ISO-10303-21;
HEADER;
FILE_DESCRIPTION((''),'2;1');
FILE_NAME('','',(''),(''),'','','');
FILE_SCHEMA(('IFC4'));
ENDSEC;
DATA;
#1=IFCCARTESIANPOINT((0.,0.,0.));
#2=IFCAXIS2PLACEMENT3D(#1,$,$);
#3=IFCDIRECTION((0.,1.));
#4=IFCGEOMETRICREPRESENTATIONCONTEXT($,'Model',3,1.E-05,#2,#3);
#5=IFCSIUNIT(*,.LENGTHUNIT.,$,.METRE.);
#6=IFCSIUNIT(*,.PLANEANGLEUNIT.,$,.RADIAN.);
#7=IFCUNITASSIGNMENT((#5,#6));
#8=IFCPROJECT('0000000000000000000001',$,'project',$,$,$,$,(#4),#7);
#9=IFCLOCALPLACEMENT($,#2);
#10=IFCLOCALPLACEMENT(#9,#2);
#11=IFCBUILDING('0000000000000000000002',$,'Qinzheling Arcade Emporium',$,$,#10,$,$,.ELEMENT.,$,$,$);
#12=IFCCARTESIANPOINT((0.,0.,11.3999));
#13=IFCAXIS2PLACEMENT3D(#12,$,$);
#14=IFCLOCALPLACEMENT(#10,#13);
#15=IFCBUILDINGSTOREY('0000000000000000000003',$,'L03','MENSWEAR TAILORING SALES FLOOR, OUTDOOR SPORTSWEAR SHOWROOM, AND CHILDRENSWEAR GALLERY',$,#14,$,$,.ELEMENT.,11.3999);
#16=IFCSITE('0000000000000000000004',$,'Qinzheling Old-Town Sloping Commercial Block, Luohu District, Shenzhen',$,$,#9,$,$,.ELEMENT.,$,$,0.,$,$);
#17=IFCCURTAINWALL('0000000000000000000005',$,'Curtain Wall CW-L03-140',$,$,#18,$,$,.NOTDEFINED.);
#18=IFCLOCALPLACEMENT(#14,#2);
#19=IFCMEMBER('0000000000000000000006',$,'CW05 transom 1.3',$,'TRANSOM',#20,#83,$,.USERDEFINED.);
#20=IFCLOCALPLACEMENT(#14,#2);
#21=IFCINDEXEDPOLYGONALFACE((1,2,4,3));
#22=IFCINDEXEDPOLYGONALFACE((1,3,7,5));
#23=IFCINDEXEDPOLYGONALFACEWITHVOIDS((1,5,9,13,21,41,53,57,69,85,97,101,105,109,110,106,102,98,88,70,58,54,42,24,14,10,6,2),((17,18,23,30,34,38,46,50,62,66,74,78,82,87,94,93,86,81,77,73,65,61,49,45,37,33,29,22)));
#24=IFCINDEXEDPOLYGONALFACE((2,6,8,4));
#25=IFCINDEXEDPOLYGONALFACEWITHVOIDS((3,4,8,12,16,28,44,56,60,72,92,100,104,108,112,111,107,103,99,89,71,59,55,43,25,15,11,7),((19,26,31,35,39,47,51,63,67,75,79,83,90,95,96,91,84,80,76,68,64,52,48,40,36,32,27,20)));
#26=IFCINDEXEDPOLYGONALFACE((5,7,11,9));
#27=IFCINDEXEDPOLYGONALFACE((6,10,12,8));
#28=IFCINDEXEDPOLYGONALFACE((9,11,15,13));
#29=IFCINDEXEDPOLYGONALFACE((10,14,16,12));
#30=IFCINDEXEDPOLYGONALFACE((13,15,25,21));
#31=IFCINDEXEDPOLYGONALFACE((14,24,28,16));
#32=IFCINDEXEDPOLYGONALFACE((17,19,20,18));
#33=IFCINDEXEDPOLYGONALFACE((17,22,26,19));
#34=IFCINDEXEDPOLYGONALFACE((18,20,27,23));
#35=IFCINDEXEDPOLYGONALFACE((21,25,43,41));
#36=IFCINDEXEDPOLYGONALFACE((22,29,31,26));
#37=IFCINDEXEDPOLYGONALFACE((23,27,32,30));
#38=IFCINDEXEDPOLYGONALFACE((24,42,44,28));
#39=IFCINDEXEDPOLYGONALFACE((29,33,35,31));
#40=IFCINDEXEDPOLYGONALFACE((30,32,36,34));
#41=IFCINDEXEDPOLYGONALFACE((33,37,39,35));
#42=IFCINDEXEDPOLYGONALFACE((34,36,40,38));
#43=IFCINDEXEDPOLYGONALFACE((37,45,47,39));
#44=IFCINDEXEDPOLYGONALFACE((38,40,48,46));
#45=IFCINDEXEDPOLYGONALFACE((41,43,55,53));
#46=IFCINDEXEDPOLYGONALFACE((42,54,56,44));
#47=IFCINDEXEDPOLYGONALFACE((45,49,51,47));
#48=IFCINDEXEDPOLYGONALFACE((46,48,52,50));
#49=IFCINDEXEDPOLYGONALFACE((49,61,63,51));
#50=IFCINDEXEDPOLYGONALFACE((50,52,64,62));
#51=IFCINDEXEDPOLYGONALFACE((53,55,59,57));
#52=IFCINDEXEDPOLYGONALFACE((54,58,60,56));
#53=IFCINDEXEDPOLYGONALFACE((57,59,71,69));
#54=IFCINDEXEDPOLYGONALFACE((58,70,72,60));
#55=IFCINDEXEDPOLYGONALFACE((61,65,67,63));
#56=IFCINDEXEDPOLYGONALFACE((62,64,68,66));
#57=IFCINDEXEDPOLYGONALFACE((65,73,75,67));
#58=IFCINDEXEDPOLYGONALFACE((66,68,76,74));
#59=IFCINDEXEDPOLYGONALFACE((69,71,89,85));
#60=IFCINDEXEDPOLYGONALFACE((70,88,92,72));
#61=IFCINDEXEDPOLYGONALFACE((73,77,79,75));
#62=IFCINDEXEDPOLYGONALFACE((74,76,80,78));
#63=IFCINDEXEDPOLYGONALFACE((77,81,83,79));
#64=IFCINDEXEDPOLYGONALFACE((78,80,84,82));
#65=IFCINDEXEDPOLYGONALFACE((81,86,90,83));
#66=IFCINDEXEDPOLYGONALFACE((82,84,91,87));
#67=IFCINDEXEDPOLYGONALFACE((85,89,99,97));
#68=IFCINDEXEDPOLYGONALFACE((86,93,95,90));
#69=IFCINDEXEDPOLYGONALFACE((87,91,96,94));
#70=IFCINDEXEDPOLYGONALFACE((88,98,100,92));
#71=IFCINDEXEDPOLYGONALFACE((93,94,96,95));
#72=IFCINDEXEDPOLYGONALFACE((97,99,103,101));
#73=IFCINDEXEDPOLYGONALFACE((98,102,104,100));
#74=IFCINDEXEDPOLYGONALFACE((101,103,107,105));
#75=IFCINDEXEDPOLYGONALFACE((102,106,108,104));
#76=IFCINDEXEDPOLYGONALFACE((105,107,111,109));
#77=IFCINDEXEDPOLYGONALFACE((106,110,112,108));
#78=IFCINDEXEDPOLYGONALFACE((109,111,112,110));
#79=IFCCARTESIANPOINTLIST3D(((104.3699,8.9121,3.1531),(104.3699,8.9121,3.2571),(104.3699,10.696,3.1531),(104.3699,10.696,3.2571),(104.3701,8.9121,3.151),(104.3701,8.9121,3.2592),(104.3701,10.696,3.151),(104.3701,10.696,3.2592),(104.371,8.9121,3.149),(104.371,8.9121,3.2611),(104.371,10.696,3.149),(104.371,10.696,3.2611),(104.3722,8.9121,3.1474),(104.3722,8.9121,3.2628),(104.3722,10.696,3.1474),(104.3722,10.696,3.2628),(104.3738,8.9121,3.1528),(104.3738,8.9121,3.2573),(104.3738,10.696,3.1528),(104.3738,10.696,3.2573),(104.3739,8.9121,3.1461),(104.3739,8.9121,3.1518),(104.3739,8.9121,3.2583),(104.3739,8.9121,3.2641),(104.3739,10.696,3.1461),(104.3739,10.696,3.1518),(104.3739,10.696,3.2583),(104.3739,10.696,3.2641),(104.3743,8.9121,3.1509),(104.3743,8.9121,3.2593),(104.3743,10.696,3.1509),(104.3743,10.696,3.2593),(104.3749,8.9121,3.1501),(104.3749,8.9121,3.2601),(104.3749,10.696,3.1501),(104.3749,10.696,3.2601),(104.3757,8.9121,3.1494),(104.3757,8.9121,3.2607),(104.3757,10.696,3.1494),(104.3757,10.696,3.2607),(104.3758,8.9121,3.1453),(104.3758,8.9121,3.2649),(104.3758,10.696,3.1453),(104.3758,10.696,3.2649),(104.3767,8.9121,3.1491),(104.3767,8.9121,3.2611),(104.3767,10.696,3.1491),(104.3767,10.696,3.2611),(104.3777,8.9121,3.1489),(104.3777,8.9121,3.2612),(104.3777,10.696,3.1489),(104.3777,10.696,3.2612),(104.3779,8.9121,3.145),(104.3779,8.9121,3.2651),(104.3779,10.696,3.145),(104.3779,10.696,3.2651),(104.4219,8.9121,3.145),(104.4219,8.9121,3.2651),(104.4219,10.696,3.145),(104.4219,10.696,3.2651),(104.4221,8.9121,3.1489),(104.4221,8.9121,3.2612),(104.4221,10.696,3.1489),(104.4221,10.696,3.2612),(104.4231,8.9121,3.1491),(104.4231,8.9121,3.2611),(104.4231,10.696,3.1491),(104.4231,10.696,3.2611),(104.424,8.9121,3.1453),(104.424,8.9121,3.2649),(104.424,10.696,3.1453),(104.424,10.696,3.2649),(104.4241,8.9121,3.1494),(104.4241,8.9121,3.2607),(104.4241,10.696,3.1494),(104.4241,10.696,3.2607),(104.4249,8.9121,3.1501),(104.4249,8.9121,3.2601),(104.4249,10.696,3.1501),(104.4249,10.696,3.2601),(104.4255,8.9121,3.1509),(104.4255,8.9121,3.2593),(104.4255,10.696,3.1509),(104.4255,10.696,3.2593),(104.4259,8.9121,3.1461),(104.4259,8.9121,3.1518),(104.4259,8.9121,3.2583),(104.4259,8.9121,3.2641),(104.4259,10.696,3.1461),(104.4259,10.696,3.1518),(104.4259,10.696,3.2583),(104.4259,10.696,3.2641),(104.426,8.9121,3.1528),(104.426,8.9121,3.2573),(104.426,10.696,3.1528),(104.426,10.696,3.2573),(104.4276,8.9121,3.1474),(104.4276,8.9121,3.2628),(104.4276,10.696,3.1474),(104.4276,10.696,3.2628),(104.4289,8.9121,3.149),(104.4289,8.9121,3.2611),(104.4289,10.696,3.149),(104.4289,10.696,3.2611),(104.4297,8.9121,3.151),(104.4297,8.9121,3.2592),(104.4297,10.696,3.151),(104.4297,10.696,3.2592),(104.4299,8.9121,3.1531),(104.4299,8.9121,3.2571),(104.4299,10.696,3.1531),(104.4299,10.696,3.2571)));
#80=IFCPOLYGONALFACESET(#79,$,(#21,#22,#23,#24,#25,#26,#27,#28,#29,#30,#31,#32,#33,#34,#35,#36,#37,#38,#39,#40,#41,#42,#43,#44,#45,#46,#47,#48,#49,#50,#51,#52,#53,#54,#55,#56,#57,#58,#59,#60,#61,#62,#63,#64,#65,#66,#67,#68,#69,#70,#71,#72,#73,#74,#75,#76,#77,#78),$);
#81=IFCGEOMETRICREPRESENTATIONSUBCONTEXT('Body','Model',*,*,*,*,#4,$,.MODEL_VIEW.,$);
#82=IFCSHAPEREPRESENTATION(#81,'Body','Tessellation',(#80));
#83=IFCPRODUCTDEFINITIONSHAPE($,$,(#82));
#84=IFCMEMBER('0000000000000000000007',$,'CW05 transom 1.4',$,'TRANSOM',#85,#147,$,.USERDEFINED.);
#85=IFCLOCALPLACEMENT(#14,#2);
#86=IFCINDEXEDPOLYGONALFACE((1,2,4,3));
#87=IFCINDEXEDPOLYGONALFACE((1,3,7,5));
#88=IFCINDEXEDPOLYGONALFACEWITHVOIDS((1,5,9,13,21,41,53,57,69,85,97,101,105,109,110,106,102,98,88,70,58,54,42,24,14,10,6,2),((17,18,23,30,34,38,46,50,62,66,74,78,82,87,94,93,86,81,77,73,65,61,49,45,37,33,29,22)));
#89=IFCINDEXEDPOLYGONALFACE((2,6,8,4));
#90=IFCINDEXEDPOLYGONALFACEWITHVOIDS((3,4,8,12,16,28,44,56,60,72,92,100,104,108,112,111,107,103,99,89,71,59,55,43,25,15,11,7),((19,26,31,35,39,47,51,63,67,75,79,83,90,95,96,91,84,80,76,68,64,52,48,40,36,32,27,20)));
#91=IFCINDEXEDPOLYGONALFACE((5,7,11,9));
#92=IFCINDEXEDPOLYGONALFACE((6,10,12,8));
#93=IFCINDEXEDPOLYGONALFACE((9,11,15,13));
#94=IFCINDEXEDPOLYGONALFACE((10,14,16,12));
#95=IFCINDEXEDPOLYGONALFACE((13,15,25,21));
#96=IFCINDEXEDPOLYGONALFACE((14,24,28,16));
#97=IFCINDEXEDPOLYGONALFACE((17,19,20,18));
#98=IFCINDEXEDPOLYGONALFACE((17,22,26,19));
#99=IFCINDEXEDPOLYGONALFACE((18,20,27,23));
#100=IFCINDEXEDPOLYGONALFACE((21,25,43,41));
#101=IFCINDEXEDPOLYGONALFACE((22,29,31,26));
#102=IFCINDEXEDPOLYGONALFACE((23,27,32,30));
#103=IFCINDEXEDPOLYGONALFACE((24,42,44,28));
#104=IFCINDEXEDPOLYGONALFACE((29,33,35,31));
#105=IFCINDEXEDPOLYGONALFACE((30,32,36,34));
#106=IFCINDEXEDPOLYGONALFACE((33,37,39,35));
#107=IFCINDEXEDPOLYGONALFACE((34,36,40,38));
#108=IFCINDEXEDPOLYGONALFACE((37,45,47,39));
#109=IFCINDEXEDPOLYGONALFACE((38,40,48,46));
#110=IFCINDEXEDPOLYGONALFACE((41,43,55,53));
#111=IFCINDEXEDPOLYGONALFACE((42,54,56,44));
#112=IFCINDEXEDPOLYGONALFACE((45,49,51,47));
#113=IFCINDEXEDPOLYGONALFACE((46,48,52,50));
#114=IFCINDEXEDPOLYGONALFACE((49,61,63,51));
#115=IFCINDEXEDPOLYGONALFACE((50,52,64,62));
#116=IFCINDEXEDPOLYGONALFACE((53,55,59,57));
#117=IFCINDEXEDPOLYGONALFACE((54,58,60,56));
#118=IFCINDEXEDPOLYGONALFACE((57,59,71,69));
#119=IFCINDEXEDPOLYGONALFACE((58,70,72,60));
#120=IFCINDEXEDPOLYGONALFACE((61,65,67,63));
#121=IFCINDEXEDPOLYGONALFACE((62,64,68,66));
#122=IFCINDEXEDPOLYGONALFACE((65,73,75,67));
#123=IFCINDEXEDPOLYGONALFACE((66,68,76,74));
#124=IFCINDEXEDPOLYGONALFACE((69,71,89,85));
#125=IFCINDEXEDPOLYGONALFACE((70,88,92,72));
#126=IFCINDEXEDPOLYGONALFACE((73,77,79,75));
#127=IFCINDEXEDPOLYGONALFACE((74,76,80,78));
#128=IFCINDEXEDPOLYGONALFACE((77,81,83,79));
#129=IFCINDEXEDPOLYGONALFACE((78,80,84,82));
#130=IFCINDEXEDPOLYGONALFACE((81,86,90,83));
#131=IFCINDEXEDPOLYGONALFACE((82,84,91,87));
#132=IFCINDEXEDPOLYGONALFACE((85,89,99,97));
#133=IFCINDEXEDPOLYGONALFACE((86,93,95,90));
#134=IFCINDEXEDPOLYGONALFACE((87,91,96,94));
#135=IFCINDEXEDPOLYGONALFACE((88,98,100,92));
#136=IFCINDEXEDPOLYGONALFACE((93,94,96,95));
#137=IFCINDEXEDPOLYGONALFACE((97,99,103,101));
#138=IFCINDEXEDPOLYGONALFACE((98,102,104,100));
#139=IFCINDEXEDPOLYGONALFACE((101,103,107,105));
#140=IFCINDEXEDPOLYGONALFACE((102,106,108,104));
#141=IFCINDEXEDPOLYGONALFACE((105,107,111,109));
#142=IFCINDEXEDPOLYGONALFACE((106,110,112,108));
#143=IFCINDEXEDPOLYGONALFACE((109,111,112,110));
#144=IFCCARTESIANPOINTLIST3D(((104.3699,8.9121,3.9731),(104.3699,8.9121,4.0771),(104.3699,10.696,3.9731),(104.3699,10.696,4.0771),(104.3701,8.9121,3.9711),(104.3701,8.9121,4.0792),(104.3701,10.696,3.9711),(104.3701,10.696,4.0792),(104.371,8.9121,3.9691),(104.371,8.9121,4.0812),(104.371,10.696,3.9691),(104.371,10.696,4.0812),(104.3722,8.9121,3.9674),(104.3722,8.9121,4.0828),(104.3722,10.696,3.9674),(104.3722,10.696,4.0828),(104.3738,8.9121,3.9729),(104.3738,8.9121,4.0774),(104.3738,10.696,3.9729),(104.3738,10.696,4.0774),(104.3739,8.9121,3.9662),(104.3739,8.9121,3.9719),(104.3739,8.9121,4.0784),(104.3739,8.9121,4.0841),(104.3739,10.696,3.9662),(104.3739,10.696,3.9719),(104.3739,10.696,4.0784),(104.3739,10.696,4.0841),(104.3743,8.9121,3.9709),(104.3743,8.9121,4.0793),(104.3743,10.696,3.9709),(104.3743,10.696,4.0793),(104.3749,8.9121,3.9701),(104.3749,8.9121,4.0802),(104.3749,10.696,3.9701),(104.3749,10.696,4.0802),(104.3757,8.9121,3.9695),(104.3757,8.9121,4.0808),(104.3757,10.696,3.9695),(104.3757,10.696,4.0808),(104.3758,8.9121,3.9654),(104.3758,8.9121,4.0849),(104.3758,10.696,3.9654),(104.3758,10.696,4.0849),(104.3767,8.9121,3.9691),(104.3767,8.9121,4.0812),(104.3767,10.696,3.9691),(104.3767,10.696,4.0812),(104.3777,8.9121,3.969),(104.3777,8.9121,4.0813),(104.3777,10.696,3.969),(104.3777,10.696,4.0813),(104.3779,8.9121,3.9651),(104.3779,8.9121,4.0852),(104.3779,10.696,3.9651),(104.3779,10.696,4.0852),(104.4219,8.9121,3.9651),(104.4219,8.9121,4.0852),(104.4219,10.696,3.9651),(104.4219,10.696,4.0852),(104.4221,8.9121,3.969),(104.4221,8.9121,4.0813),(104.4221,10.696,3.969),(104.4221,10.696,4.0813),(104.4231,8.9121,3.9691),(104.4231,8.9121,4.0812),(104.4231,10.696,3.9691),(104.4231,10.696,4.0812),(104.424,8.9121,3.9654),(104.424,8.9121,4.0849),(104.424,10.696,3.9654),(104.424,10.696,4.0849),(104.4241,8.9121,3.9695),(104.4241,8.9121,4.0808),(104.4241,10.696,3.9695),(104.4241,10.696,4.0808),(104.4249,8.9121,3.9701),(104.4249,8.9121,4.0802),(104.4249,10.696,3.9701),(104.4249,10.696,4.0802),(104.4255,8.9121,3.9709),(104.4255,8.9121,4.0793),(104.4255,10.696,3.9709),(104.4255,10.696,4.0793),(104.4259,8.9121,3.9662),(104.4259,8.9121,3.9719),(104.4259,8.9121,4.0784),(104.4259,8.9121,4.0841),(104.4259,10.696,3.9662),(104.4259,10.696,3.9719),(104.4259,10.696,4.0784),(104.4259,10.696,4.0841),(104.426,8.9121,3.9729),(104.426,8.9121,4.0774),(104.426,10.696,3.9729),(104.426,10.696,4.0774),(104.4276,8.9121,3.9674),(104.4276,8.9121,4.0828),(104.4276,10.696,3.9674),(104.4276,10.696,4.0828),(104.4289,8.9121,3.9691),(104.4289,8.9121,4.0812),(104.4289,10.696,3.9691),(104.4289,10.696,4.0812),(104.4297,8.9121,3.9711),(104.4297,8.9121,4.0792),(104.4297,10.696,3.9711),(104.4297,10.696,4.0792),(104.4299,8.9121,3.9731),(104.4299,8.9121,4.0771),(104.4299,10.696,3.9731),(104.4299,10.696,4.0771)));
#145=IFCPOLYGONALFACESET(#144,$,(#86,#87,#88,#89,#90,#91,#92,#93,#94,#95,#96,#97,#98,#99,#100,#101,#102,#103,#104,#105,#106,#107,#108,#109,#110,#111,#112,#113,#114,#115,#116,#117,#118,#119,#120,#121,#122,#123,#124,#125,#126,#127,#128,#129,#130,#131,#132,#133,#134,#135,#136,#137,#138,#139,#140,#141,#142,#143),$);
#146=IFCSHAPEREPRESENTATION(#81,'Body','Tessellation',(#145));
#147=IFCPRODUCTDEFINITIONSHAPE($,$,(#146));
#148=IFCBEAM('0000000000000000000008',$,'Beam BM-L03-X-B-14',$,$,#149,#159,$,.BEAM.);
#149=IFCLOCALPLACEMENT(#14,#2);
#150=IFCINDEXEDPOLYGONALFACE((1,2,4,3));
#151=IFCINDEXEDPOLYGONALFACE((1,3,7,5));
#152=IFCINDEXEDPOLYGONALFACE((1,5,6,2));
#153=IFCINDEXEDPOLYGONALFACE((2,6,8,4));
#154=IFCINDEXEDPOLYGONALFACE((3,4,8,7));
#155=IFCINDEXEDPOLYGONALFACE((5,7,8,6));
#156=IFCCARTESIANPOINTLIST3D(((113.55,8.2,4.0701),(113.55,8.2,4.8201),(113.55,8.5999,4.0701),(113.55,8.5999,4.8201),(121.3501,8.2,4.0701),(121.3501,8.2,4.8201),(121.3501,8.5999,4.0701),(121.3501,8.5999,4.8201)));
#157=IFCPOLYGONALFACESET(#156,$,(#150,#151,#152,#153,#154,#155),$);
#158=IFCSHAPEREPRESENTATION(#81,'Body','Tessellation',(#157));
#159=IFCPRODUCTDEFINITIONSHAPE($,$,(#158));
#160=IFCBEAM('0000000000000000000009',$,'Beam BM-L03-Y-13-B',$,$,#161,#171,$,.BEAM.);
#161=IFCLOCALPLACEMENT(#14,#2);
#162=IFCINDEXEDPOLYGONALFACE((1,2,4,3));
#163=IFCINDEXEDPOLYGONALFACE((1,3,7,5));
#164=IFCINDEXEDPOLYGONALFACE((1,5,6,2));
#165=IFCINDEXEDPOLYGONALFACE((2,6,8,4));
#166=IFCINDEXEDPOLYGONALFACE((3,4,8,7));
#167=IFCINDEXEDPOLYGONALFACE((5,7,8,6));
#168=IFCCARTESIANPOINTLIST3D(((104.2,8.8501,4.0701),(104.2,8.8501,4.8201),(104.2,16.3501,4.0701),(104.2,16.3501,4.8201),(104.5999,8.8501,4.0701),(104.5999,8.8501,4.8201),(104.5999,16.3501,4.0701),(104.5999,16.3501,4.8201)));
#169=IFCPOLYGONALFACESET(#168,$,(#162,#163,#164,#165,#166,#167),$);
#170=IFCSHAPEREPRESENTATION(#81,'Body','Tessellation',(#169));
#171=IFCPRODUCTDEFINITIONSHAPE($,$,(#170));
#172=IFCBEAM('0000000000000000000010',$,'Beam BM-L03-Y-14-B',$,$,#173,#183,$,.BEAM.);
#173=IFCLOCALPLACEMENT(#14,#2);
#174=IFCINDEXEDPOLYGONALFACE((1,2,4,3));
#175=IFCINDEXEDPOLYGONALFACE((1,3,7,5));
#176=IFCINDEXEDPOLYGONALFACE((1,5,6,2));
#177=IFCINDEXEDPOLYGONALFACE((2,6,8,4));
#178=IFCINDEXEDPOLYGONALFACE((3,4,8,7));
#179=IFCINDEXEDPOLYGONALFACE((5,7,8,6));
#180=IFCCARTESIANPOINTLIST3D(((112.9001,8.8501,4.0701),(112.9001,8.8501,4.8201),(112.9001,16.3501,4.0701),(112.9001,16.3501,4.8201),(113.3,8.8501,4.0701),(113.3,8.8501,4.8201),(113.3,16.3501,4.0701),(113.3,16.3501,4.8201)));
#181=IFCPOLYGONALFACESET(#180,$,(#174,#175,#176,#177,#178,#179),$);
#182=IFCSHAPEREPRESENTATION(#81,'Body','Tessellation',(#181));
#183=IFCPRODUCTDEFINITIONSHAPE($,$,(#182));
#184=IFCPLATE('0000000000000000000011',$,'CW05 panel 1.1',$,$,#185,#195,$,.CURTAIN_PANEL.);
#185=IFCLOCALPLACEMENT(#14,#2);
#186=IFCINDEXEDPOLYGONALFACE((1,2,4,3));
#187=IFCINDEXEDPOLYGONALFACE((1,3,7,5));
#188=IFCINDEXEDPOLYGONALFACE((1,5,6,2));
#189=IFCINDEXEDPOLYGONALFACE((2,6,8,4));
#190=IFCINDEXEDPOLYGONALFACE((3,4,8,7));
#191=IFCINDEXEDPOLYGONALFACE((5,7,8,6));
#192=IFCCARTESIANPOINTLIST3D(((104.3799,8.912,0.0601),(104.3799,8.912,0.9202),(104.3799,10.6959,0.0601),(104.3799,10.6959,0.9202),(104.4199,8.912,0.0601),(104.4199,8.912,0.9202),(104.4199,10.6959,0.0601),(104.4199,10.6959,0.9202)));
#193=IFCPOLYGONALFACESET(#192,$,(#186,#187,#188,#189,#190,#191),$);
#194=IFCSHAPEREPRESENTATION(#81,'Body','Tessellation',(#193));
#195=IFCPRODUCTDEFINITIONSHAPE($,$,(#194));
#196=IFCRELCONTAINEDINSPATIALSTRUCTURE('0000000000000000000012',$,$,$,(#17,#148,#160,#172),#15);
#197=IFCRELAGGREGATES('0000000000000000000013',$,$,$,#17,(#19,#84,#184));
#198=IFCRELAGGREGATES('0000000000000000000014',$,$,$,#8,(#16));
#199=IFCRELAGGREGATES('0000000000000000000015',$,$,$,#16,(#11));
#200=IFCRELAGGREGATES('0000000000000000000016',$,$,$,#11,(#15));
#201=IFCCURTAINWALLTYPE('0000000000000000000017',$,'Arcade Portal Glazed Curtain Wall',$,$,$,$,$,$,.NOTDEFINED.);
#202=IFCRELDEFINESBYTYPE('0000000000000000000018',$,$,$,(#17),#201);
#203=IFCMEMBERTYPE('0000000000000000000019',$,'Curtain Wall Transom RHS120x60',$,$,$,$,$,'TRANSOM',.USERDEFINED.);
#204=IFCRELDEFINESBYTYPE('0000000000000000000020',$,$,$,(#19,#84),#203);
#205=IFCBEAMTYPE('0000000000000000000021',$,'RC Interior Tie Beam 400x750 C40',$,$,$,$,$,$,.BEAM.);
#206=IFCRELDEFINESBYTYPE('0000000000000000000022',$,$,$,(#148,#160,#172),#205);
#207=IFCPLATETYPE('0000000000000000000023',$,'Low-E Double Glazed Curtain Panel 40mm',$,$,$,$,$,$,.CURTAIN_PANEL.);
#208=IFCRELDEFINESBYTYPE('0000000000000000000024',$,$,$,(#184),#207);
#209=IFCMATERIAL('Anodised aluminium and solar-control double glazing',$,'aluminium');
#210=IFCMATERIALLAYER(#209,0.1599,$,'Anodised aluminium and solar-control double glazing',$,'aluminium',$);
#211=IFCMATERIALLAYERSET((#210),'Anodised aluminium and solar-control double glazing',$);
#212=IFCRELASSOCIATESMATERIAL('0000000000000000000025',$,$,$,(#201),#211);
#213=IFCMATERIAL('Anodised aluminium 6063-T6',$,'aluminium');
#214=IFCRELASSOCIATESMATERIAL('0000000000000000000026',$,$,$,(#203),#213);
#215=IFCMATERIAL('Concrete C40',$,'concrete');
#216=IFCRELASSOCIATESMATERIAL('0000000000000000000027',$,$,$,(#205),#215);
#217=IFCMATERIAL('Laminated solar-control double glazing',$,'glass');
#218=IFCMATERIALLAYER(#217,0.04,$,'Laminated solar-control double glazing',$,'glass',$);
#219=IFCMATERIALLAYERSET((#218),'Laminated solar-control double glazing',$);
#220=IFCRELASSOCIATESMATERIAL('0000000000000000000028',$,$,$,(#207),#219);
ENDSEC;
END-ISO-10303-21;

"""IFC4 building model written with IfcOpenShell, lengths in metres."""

from ifc_helpers import new_model, si_unit, direction, frame, origin, origin_2d, place, context, subcontext, project, spatial, rectangle, hollow_rectangle, extrude, material, layer, layer_set, material_profile, profile_set, type_object, element, aggregate, save


model = new_model("IFC4")

# Units and contexts
model_context = context("Model", 3, precision=1e-05, world=origin(), true_north=direction((0.0, 1.0)))
body_context = subcontext(model_context, "Body", "Model", "MODEL_VIEW")
ifc_project = project(units=[si_unit("LENGTHUNIT", "METRE"), si_unit("PLANEANGLEUNIT", "RADIAN")], contexts=[model_context])

# Site, building, storey
site_placement = place(None, origin())
site = spatial("IfcSite", under=ifc_project, at=site_placement, Name="Qinzheling Old-Town Sloping Commercial Block, Luohu District, Shenzhen", CompositionType="ELEMENT", RefElevation=0.0)
building_placement = place(site_placement, origin())
building = spatial("IfcBuilding", under=site, at=building_placement, Name="Qinzheling Arcade Emporium", CompositionType="ELEMENT")
storey_placement = place(building_placement, frame((0.0, 0.0, 11.3999)))
storey = spatial("IfcBuildingStorey", under=building, at=storey_placement, Name="L03", Description="MENSWEAR TAILORING SALES FLOOR, OUTDOOR SPORTSWEAR SHOWROOM, AND CHILDRENSWEAR GALLERY", CompositionType="ELEMENT", Elevation=11.3999)

# Curtain wall, members
ifc_material_1 = material(Name="Anodised aluminium and solar-control double glazing", Category="aluminium")
ifc_layer_1 = layer(ifc_material_1, 0.1599, Name="Anodised aluminium and solar-control double glazing", Category="aluminium")
ifc_layer_set_1 = layer_set([ifc_layer_1], Name="Anodised aluminium and solar-control double glazing")
curtain_wall_type = type_object("IfcCurtainWallType", Name="Arcade Portal Glazed Curtain Wall", PredefinedType="NOTDEFINED", material=ifc_layer_set_1)
curtain_wall_placement = place(storey_placement, origin())
curtain_wall = element("IfcCurtainWall", 1, at=curtain_wall_placement, inside=storey, type_object=curtain_wall_type, Name="Curtain Wall CW-L03-140", PredefinedType="NOTDEFINED")
ifc_material_2 = material(Name="Anodised aluminium 6063-T6", Category="aluminium")
ifc_material_profile_1 = material_profile(ifc_material_2, hollow_rectangle(XDim=0.0601, YDim=0.1201, WallThickness=0.0039, InnerFilletRadius=0.0039, OuterFilletRadius=0.0081, at=origin_2d()), Name="RHS 120x60x4", Category="aluminium")
ifc_profile_set_1 = profile_set([ifc_material_profile_1], Name="Anodised aluminium 6063-T6")
member_type_1 = type_object("IfcMemberType", Name="Curtain Wall Transom RHS120x60", ElementType="TRANSOM", PredefinedType="USERDEFINED", material=ifc_profile_set_1)
member_1_placement = place(storey_placement, frame((104.3999, 8.9121, 3.2051), z_axis=(0.0, 1.0, 0.0), x_axis=(-1.0, 0.0, 0.0)))
member_1 = element("IfcMember", 2, at=member_1_placement, type_object=member_type_1, Name="CW05 transom 1.3", ObjectType="TRANSOM", PredefinedType="USERDEFINED", context=body_context, shape_type="SweptSolid", body=[
    extrude(hollow_rectangle(XDim=0.0601, YDim=0.1201, WallThickness=0.0039, InnerFilletRadius=0.0039, OuterFilletRadius=0.0081, at=origin_2d()), origin(), (0.0, 0.0, 1.0), 1.7839),
])
member_2_placement = place(storey_placement, frame((104.3999, 8.9121, 4.0251), z_axis=(0.0, 1.0, 0.0), x_axis=(-1.0, 0.0, 0.0)))
member_2 = element("IfcMember", 3, at=member_2_placement, type_object=member_type_1, Name="CW05 transom 1.4", ObjectType="TRANSOM", PredefinedType="USERDEFINED", context=body_context, shape_type="SweptSolid", body=[
    extrude(hollow_rectangle(XDim=0.0601, YDim=0.1201, WallThickness=0.0039, InnerFilletRadius=0.0039, OuterFilletRadius=0.0081, at=origin_2d()), origin(), (0.0, 0.0, 1.0), 1.7839),
])

# Beams
ifc_material_3 = material(Name="Concrete C40", Category="concrete")
ifc_material_profile_2 = material_profile(ifc_material_3, rectangle(XDim=0.3999, YDim=0.75, at=origin_2d()), Name="RC 400x750", Category="concrete")
ifc_profile_set_2 = profile_set([ifc_material_profile_2], Name="Concrete C40")
beam_type = type_object("IfcBeamType", Name="RC Interior Tie Beam 400x750 C40", PredefinedType="BEAM", material=ifc_profile_set_2)
beam_placement = place(storey_placement, frame((113.55, 8.3999, 4.4451), z_axis=(1.0, 0.0, 0.0), x_axis=(0.0, 1.0, 0.0)))
element("IfcBeam", 4, at=beam_placement, inside=storey, type_object=beam_type, Name="Beam BM-L03-X-B-14", PredefinedType="BEAM", context=body_context, shape_type="SweptSolid", body=[
    extrude(rectangle(XDim=0.3999, YDim=0.75, at=origin_2d()), origin(), (0.0, 0.0, 1.0), 7.8),
])
for number, where, z_axis, x_axis, name in (
    (5, (104.3999, 8.8501, 4.4451), (0.0, 1.0, 0.0), (-1.0, 0.0, 0.0), "Beam BM-L03-Y-13-B"),
    (6, (113.1001, 8.8501, 4.4451), (0.0, 1.0, 0.0), (-1.0, 0.0, 0.0), "Beam BM-L03-Y-14-B"),
):
    element("IfcBeam", number, at=place(storey_placement, frame(where, z_axis=z_axis, x_axis=x_axis)), inside=storey, type_object=beam_type, Name=name, PredefinedType="BEAM", context=body_context, shape_type="SweptSolid", body=[
        extrude(rectangle(XDim=0.3999, YDim=0.75, at=origin_2d()), origin(), (0.0, 0.0, 1.0), 7.5),
    ])

# Plate
ifc_material_4 = material(Name="Laminated solar-control double glazing", Category="glass")
ifc_layer_2 = layer(ifc_material_4, 0.04, Name="Laminated solar-control double glazing", Category="glass")
ifc_layer_set_2 = layer_set([ifc_layer_2], Name="Laminated solar-control double glazing")
plate_type = type_object("IfcPlateType", Name="Low-E Double Glazed Curtain Panel 40mm", PredefinedType="CURTAIN_PANEL", material=ifc_layer_set_2)
plate_1_placement = place(storey_placement, frame((104.3999, 9.804, 0.0601), z_axis=(0.0, 0.0, 1.0), x_axis=(0.0, 1.0, 0.0)))
plate_1 = element("IfcPlate", 7, at=plate_1_placement, type_object=plate_type, Name="CW05 panel 1.1", PredefinedType="CURTAIN_PANEL", context=body_context, shape_type="SweptSolid", body=[
    extrude(rectangle(XDim=1.7839, YDim=0.04, at=origin_2d()), origin(), (0.0, 0.0, 1.0), 0.8601),
])
aggregate(curtain_wall, [member_1, member_2, plate_1])

save(model, "model.ifc")
